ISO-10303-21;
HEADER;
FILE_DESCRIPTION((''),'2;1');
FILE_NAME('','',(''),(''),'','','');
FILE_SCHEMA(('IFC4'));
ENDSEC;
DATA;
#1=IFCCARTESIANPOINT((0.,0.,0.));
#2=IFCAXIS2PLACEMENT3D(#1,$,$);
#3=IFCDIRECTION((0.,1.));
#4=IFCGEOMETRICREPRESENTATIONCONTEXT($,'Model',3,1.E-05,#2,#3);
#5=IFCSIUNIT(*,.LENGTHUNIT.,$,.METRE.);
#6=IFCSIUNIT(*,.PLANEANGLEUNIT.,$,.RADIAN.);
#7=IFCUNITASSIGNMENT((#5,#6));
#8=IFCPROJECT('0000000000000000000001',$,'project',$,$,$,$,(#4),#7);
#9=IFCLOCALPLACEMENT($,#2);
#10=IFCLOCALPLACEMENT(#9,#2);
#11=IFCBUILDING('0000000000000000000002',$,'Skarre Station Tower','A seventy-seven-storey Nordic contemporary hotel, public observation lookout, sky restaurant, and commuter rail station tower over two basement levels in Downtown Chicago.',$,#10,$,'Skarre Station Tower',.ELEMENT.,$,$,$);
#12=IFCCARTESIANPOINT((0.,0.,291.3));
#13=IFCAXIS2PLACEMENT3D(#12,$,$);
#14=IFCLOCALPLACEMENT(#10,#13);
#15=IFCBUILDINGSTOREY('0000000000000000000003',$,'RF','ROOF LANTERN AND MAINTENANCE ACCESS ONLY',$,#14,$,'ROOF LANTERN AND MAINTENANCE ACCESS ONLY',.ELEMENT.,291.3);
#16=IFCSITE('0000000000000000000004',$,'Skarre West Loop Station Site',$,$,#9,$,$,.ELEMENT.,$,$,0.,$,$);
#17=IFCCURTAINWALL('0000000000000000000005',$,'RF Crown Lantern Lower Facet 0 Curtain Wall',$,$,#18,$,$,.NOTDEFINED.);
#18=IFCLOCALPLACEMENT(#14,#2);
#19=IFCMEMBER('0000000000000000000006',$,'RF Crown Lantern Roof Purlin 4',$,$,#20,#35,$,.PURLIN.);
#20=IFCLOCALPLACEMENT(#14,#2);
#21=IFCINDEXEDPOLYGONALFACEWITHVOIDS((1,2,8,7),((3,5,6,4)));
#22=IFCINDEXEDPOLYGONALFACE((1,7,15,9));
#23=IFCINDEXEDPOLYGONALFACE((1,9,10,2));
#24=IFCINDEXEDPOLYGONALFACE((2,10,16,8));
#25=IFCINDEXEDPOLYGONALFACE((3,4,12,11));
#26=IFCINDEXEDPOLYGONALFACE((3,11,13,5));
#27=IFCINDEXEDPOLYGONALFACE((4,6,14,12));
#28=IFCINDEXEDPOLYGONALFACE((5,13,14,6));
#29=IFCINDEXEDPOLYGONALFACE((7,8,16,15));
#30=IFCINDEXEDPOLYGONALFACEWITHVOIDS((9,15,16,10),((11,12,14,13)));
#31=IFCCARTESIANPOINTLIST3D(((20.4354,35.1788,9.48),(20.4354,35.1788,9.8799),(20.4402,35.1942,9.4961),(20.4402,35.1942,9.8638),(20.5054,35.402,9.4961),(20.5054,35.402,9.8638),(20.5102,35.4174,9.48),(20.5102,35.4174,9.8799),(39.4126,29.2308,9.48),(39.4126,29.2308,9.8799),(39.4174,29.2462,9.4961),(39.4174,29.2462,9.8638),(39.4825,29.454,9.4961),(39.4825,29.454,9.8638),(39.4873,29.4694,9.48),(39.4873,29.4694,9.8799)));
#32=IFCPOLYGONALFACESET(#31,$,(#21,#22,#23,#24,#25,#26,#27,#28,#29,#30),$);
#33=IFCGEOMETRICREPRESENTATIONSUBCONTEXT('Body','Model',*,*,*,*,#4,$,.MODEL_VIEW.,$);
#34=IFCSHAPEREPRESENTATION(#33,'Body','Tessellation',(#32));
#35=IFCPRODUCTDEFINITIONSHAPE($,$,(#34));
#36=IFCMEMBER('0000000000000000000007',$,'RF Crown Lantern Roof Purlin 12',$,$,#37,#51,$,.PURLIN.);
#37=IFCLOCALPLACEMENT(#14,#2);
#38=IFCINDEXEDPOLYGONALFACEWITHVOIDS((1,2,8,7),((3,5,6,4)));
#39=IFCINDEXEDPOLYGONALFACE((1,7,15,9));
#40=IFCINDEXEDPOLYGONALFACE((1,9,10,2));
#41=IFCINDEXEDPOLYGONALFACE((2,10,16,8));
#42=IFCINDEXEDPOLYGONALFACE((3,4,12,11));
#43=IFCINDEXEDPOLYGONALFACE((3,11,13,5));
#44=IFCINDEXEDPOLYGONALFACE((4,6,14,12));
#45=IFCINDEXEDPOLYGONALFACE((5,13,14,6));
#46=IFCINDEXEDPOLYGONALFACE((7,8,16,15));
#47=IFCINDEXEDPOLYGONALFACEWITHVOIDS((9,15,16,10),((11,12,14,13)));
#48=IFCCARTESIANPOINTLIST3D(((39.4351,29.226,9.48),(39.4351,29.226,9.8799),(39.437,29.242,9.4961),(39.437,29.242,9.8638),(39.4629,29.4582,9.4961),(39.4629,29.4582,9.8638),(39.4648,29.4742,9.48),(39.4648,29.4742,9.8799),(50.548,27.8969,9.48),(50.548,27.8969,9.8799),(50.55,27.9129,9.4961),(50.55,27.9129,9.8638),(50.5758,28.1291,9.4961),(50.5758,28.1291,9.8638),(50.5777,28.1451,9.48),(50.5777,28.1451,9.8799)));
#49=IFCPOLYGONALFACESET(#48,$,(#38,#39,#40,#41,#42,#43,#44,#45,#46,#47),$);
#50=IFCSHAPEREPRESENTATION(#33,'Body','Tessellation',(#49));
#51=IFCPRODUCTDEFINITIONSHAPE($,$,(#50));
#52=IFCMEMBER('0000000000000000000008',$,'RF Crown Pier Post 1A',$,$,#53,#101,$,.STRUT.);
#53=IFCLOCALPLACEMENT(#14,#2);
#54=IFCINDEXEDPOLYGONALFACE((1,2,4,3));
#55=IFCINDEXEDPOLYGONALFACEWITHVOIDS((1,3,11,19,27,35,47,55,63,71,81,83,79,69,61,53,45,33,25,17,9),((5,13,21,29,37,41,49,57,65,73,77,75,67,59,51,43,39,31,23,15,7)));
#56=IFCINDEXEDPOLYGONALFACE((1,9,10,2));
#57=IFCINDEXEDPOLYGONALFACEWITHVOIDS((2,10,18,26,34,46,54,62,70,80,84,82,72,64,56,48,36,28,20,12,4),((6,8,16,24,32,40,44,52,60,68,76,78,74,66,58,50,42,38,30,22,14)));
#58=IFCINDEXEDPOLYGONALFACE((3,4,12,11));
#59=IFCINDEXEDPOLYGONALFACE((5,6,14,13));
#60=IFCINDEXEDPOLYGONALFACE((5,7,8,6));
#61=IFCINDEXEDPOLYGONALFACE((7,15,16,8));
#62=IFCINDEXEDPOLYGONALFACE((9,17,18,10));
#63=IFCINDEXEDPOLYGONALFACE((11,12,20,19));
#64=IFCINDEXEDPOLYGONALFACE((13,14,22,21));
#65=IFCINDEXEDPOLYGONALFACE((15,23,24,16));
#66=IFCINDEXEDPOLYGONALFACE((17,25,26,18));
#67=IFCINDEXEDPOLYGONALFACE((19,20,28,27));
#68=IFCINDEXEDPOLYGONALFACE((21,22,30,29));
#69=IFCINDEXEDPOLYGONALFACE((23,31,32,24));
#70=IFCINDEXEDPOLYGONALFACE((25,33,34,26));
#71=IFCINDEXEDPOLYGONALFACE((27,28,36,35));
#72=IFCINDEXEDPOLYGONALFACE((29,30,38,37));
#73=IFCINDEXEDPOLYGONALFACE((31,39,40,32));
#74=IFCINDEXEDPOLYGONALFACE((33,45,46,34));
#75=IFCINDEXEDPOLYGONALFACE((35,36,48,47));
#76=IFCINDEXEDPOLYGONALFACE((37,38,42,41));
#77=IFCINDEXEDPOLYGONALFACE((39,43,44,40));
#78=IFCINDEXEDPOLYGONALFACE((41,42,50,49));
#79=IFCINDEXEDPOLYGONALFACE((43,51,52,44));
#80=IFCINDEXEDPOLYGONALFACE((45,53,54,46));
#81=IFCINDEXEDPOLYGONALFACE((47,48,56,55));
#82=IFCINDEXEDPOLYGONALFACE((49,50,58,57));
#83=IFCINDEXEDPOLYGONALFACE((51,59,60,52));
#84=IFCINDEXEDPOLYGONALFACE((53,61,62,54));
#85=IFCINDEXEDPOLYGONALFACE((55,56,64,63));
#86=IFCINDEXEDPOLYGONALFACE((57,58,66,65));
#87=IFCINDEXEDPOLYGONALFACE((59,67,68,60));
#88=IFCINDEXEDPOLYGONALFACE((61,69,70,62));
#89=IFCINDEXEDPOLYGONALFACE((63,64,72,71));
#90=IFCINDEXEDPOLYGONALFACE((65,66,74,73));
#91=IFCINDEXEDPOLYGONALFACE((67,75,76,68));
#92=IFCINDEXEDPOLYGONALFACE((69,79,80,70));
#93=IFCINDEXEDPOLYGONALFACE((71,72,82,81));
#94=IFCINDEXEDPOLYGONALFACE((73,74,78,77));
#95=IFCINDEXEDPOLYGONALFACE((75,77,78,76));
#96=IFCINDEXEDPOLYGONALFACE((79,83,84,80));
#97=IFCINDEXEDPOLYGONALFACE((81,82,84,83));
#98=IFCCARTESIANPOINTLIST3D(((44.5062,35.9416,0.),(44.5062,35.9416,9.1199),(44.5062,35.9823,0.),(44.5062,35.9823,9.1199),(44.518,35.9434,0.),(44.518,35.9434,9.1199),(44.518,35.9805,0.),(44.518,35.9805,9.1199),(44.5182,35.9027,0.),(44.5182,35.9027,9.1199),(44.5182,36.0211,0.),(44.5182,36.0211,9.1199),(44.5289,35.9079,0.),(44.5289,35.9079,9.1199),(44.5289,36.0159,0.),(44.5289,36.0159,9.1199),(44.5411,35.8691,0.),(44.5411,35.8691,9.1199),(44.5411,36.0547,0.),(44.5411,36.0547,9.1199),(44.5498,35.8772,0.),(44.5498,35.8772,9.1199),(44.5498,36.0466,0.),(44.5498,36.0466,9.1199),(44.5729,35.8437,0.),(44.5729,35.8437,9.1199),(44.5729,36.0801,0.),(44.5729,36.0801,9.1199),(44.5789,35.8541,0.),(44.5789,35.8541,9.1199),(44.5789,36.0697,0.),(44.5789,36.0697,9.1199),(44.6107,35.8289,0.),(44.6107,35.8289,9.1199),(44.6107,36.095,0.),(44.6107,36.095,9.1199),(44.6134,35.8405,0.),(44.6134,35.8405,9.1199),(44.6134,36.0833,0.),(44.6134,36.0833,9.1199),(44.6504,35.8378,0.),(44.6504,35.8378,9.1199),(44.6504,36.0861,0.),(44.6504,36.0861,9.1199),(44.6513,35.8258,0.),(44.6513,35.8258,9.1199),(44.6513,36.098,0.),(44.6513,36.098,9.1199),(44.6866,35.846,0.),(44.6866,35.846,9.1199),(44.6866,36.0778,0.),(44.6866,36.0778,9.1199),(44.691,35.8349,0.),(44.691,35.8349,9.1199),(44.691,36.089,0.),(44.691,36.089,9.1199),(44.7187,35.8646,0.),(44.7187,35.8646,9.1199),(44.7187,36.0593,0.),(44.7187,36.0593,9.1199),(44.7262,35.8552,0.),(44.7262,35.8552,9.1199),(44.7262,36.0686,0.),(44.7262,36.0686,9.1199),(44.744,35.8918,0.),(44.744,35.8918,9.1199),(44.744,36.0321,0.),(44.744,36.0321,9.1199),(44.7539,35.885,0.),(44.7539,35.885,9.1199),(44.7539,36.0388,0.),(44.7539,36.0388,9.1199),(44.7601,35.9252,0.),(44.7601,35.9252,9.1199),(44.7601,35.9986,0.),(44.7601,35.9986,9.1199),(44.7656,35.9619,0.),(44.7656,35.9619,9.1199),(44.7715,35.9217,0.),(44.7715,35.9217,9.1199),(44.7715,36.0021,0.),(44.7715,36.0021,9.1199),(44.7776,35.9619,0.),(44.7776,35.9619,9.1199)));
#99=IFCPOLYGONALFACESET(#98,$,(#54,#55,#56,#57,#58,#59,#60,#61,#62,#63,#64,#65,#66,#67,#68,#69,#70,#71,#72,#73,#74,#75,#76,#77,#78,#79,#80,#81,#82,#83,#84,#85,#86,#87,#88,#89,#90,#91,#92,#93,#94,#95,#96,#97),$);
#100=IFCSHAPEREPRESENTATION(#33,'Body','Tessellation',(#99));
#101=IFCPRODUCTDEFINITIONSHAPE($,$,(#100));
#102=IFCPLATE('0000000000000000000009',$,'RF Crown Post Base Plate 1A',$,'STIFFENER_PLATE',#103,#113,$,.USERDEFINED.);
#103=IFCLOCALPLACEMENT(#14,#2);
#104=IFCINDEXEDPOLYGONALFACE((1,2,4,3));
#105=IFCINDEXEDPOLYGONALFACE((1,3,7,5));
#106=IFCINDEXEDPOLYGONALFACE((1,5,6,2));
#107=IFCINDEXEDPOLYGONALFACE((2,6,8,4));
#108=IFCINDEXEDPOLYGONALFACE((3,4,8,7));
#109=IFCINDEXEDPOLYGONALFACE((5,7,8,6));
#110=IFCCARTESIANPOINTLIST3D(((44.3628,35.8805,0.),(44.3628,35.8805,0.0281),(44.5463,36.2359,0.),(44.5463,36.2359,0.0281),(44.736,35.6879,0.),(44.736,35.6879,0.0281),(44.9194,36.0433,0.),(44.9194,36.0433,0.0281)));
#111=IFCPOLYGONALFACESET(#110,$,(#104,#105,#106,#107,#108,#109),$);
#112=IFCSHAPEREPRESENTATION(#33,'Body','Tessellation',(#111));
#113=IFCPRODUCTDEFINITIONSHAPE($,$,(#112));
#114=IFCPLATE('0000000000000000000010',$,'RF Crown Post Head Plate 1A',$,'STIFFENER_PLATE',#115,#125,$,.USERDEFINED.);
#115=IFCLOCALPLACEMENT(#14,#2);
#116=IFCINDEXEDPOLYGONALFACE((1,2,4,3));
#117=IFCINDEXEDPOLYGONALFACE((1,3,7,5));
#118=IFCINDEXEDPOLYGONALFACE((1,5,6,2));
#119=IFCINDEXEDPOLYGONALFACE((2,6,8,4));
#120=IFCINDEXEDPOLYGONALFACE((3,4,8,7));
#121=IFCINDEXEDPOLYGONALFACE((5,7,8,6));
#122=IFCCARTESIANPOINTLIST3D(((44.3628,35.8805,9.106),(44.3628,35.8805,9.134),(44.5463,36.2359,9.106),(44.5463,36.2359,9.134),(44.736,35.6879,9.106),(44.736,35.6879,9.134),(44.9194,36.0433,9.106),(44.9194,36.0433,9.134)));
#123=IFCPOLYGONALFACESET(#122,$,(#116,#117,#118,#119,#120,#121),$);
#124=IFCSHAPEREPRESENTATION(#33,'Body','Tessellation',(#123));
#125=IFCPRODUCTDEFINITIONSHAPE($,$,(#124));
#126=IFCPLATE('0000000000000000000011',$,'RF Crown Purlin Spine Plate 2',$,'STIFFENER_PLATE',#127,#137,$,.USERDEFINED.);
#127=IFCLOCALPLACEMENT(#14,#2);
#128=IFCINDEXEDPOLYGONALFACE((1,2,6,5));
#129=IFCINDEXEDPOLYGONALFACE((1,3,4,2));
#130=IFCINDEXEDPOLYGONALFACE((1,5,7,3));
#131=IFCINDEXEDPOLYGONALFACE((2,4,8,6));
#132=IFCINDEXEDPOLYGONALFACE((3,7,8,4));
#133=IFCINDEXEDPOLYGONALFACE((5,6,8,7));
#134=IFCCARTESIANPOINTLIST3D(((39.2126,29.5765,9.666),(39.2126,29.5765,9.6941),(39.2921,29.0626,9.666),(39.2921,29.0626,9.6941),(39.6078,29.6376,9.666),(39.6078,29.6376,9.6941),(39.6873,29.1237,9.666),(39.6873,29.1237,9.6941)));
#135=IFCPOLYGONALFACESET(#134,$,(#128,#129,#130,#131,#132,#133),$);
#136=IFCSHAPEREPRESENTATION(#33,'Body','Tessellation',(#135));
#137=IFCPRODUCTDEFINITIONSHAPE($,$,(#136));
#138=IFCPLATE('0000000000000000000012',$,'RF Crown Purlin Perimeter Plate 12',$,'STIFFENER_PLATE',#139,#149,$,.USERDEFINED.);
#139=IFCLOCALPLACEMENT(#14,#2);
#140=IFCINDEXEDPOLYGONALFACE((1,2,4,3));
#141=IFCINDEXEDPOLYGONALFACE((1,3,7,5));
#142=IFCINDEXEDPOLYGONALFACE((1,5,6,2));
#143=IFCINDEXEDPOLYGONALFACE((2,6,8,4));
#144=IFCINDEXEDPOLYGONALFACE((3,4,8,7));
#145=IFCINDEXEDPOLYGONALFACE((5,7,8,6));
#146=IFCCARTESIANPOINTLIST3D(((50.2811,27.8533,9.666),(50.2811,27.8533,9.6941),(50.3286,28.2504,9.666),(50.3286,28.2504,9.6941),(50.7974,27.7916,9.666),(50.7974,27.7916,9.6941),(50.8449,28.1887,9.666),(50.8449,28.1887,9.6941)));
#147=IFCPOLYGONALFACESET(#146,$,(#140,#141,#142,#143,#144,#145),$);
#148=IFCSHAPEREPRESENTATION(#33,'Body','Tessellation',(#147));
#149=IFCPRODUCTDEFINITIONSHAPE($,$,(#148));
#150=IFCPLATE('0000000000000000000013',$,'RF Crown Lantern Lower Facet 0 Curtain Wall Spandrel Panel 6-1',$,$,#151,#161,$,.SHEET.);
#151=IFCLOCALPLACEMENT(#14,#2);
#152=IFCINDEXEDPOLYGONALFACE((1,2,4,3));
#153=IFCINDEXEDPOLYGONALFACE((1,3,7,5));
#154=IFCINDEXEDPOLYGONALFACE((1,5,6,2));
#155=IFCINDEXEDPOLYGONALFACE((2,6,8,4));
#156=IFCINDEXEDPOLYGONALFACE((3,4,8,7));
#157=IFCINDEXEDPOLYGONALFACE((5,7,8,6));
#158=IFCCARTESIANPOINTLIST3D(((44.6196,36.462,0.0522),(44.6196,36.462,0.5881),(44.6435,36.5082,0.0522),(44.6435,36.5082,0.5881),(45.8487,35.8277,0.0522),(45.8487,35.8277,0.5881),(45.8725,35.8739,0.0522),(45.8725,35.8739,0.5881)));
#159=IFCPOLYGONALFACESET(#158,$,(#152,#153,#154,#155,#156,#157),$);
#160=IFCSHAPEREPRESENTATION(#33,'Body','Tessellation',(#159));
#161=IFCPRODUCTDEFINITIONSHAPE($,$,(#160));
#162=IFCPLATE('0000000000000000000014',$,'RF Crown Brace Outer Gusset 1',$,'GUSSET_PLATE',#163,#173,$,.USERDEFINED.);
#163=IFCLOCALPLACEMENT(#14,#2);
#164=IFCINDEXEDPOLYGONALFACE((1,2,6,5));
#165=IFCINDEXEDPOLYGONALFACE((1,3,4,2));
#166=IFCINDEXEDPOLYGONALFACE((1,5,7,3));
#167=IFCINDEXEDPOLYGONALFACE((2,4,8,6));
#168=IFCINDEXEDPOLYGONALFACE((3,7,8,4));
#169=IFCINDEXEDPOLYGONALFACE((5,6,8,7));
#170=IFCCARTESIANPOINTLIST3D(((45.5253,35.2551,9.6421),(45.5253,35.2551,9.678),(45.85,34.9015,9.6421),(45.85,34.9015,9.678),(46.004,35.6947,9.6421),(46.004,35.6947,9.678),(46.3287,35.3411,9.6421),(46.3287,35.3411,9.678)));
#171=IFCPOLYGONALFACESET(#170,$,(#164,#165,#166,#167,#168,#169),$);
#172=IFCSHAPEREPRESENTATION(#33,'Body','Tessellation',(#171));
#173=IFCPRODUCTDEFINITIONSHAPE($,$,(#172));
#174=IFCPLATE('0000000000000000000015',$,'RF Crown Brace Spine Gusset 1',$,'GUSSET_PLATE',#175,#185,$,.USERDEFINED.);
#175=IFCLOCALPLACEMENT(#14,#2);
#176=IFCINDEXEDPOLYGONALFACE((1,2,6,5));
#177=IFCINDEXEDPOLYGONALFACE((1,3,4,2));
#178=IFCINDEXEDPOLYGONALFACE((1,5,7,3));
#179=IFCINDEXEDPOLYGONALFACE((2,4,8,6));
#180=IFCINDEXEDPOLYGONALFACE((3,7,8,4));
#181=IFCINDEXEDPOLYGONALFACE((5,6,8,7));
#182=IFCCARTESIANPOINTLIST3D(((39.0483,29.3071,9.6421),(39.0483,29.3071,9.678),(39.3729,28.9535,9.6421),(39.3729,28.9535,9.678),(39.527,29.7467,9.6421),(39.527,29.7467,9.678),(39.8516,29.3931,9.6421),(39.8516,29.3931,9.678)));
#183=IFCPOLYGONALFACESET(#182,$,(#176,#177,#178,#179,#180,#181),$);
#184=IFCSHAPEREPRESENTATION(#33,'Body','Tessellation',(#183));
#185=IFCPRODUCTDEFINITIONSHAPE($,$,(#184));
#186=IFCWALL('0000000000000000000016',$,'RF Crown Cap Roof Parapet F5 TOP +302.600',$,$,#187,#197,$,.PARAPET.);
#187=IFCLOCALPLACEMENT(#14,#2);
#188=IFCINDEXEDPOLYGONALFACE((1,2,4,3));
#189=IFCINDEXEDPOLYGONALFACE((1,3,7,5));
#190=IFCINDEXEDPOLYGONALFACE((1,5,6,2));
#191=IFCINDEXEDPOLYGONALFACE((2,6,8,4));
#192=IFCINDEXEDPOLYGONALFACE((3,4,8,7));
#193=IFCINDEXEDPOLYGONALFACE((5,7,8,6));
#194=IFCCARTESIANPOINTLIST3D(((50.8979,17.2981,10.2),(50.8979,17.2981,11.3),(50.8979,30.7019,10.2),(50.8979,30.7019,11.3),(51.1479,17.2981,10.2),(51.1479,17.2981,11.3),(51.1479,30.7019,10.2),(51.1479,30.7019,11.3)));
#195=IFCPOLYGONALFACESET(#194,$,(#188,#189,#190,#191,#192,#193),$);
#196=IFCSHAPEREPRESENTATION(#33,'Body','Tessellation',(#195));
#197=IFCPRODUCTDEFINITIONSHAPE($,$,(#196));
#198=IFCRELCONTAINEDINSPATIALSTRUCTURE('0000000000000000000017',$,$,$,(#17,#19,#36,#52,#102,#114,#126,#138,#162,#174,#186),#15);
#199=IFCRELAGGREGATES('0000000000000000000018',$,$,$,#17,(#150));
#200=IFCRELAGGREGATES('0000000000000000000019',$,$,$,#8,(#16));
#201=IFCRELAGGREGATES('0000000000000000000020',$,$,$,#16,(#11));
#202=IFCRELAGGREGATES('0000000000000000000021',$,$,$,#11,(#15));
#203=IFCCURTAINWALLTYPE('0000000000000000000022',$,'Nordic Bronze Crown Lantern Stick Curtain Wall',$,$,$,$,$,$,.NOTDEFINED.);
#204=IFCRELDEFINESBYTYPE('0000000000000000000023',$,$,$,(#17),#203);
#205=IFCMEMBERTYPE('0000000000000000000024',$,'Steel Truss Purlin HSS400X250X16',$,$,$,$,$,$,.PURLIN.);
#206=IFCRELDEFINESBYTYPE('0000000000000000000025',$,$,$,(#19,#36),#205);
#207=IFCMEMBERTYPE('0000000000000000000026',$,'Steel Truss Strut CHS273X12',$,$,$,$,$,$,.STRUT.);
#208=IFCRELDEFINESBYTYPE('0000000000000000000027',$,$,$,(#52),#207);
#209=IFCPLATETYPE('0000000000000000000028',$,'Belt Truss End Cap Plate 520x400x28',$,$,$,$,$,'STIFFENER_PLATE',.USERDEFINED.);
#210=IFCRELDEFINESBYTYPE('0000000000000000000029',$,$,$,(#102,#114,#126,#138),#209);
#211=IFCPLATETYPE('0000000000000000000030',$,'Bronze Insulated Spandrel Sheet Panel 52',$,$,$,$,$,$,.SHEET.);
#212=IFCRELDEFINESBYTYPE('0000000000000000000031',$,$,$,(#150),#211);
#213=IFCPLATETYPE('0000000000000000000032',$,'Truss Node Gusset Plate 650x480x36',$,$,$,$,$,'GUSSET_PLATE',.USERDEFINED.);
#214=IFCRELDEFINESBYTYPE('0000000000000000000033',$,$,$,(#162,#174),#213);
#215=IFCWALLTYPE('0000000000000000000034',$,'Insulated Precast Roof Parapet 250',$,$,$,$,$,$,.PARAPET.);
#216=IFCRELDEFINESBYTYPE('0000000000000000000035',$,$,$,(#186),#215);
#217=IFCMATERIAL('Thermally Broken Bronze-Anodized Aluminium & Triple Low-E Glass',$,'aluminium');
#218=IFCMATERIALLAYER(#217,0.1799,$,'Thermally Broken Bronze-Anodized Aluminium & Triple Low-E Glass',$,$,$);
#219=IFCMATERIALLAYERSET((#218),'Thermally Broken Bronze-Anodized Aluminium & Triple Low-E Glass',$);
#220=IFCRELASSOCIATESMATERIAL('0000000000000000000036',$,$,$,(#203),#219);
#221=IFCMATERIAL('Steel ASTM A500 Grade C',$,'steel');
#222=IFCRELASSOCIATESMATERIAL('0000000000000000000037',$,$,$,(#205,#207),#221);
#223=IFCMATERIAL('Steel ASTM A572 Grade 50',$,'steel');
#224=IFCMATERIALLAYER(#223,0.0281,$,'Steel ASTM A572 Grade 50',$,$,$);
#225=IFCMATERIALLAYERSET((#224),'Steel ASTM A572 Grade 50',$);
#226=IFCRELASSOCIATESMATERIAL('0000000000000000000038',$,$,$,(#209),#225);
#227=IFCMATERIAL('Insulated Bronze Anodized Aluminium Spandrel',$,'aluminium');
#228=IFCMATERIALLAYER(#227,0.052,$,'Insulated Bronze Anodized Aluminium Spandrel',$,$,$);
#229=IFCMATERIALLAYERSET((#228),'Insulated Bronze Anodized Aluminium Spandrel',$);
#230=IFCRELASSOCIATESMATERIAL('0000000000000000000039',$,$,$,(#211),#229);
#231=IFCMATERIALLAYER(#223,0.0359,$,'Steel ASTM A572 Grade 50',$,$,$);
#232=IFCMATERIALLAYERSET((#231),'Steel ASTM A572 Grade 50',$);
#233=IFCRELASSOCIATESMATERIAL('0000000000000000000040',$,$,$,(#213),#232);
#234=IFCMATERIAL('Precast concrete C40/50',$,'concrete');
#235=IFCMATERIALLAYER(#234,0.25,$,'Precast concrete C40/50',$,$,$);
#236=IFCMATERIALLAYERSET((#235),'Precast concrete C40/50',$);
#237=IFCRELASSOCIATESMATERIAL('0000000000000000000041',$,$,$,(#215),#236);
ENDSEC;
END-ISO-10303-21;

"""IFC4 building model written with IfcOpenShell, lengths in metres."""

from ifc_helpers import new_model, si_unit, direction, frame, frame_2d, origin, origin_2d, place, context, subcontext, project, spatial, rectangle, hollow_rectangle, hollow_circle, extrude, material, layer, layer_set, material_profile, profile_set, type_object, element, aggregate, save


model = new_model("IFC4")

# Units and contexts
model_context = context("Model", 3, precision=1e-05, world=origin(), true_north=direction((0.0, 1.0)))
body_context = subcontext(model_context, "Body", "Model", "MODEL_VIEW")
ifc_project = project(units=[si_unit("LENGTHUNIT", "METRE"), si_unit("PLANEANGLEUNIT", "RADIAN")], contexts=[model_context])

# Site, building, storey
site_placement = place(None, origin())
site = spatial("IfcSite", under=ifc_project, at=site_placement, Name="Skarre West Loop Station Site", CompositionType="ELEMENT", RefElevation=0.0)
building_placement = place(site_placement, origin())
building = spatial("IfcBuilding", under=site, at=building_placement, Name="Skarre Station Tower", Description="A seventy-seven-storey Nordic contemporary hotel, public observation lookout, sky restaurant, and commuter rail station tower over two basement levels in Downtown Chicago.", LongName="Skarre Station Tower", CompositionType="ELEMENT")
storey_placement = place(building_placement, frame((0.0, 0.0, 291.3)))
storey = spatial("IfcBuildingStorey", under=building, at=storey_placement, Name="RF", Description="ROOF LANTERN AND MAINTENANCE ACCESS ONLY", LongName="ROOF LANTERN AND MAINTENANCE ACCESS ONLY", CompositionType="ELEMENT", Elevation=291.3)

# Curtain wall
ifc_material_1 = material(Name="Thermally Broken Bronze-Anodized Aluminium & Triple Low-E Glass", Category="aluminium")
ifc_layer_1 = layer(ifc_material_1, 0.1799, Name="Thermally Broken Bronze-Anodized Aluminium & Triple Low-E Glass")
ifc_layer_set_1 = layer_set([ifc_layer_1], Name="Thermally Broken Bronze-Anodized Aluminium & Triple Low-E Glass")
curtain_wall_type = type_object("IfcCurtainWallType", Name="Nordic Bronze Crown Lantern Stick Curtain Wall", PredefinedType="NOTDEFINED", material=ifc_layer_set_1)
curtain_wall_1_placement = place(storey_placement, origin())
curtain_wall_1 = element("IfcCurtainWall", 1, at=curtain_wall_1_placement, inside=storey, type_object=curtain_wall_type, Name="RF Crown Lantern Lower Facet 0 Curtain Wall", PredefinedType="NOTDEFINED")

# Members
ifc_material_2 = material(Name="Steel ASTM A500 Grade C", Category="steel")
ifc_material_profile_1 = material_profile(ifc_material_2, hollow_rectangle(XDim=0.25, YDim=0.3999, WallThickness=0.0161, at=origin_2d()), Name="Steel ASTM A500 Grade C")
ifc_profile_set_1 = profile_set([ifc_material_profile_1], Name="Steel ASTM A500 Grade C")
member_type_1 = type_object("IfcMemberType", Name="Steel Truss Purlin HSS400X250X16", PredefinedType="PURLIN", material=ifc_profile_set_1)
member_1_placement = place(storey_placement, frame((39.45, 29.3501, 9.6799), z_axis=(-0.954227, 0.299084, 0.0), x_axis=(-0.299084, -0.954227, 0.0)))
element("IfcMember", 2, at=member_1_placement, inside=storey, type_object=member_type_1, Name="RF Crown Lantern Roof Purlin 4", PredefinedType="PURLIN", context=body_context, shape_type="SweptSolid", body=[
    extrude(hollow_rectangle(XDim=0.25, YDim=0.3999, WallThickness=0.0161, at=origin_2d()), origin(), (0.0, 0.0, 1.0), 19.8875),
])
member_2_placement = place(storey_placement, frame((39.45, 29.3501, 9.6799), z_axis=(0.992924, -0.118752, 0.0), x_axis=(0.118752, 0.992924, 0.0)))
element("IfcMember", 3, at=member_2_placement, inside=storey, type_object=member_type_1, Name="RF Crown Lantern Roof Purlin 12", PredefinedType="PURLIN", context=body_context, shape_type="SweptSolid", body=[
    extrude(hollow_rectangle(XDim=0.25, YDim=0.3999, WallThickness=0.0161, at=origin_2d()), origin(), (0.0, 0.0, 1.0), 11.1921),
])
ifc_material_profile_2 = material_profile(ifc_material_2, hollow_circle(Radius=0.1365, WallThickness=0.012, at=origin_2d()), Name="Steel ASTM A500 Grade C")
ifc_profile_set_2 = profile_set([ifc_material_profile_2], Name="Steel ASTM A500 Grade C")
member_type_2 = type_object("IfcMemberType", Name="Steel Truss Strut CHS273X12", PredefinedType="STRUT", material=ifc_profile_set_2)
member_3_placement = place(storey_placement, frame((44.6411, 35.9619, 0.0), z_axis=(0.0, 0.0, 1.0), x_axis=(1.0, 0.0, 0.0)))
element("IfcMember", 4, at=member_3_placement, inside=storey, type_object=member_type_2, Name="RF Crown Pier Post 1A", PredefinedType="STRUT", context=body_context, shape_type="SweptSolid", body=[
    extrude(hollow_circle(Radius=0.1365, WallThickness=0.012, at=origin_2d()), origin(), (0.0, 0.0, 1.0), 9.1199),
])

# Plates
ifc_material_3 = material(Name="Steel ASTM A572 Grade 50", Category="steel")
ifc_layer_2 = layer(ifc_material_3, 0.0281, Name="Steel ASTM A572 Grade 50")
ifc_layer_set_2 = layer_set([ifc_layer_2], Name="Steel ASTM A572 Grade 50")
plate_type_1 = type_object("IfcPlateType", Name="Belt Truss End Cap Plate 520x400x28", ElementType="STIFFENER_PLATE", PredefinedType="USERDEFINED", material=ifc_layer_set_2)
for number, where, z_axis, x_axis, name in (
    (5, (44.6411, 35.9619, 0.0), (0.0, 0.0, 1.0), (-0.888601, 0.458681, 0.0), "RF Crown Post Base Plate 1A"),
    (6, (44.6411, 35.9619, 9.106), (0.0, 0.0, 1.0), (-0.888601, 0.458681, 0.0), "RF Crown Post Head Plate 1A"),
):
    element("IfcPlate", number, at=place(storey_placement, frame(where, z_axis=z_axis, x_axis=x_axis)), inside=storey, type_object=plate_type_1, Name=name, ObjectType="STIFFENER_PLATE", PredefinedType="USERDEFINED", context=body_context, shape_type="SweptSolid", body=[
        extrude(rectangle(XDim=0.4199, YDim=0.3999, at=origin_2d()), origin(), (0.0, 0.0, 1.0), 0.0281),
    ])
for number, where, z_axis, x_axis, name in (
    (7, (39.45, 29.3501, 9.666), (0.0, 0.0, 1.0), (-0.152779, 0.98826, 0.0), "RF Crown Purlin Spine Plate 2"),
    (8, (50.563, 28.021, 9.666), (0.0, 0.0, 1.0), (0.992924, -0.118751, 0.0), "RF Crown Purlin Perimeter Plate 12"),
):
    element("IfcPlate", number, at=place(storey_placement, frame(where, z_axis=z_axis, x_axis=x_axis)), inside=storey, type_object=plate_type_1, Name=name, ObjectType="STIFFENER_PLATE", PredefinedType="USERDEFINED", context=body_context, shape_type="SweptSolid", body=[
        extrude(rectangle(XDim=0.52, YDim=0.3999, at=origin_2d()), origin(), (0.0, 0.0, 1.0), 0.0281),
    ])

# Plate
ifc_material_4 = material(Name="Insulated Bronze Anodized Aluminium Spandrel", Category="aluminium")
ifc_layer_3 = layer(ifc_material_4, 0.052, Name="Insulated Bronze Anodized Aluminium Spandrel")
ifc_layer_set_3 = layer_set([ifc_layer_3], Name="Insulated Bronze Anodized Aluminium Spandrel")
plate_type_2 = type_object("IfcPlateType", Name="Bronze Insulated Spandrel Sheet Panel 52", PredefinedType="SHEET", material=ifc_layer_set_3)
plate_placement = place(storey_placement, frame((45.2461, 36.168, 0.0522), z_axis=(0.0, 0.0, 1.0), x_axis=(0.888649, -0.458588, 0.0)))
plate = element("IfcPlate", 9, at=plate_placement, type_object=plate_type_2, Name="RF Crown Lantern Lower Facet 0 Curtain Wall Spandrel Panel 6-1", PredefinedType="SHEET", context=body_context, shape_type="SweptSolid", body=[
    extrude(rectangle(XDim=1.3831, YDim=0.052, at=origin_2d()), origin(), (0.0, 0.0, 1.0), 0.5359),
])
aggregate(curtain_wall_1, [plate])

# Plates
ifc_layer_4 = layer(ifc_material_3, 0.0359, Name="Steel ASTM A572 Grade 50")
ifc_layer_set_4 = layer_set([ifc_layer_4], Name="Steel ASTM A572 Grade 50")
plate_type_3 = type_object("IfcPlateType", Name="Truss Node Gusset Plate 650x480x36", ElementType="GUSSET_PLATE", PredefinedType="USERDEFINED", material=ifc_layer_set_4)
for number, where, z_axis, x_axis, name in (
    (10, (45.927, 35.2981, 9.6421), (0.0, 0.0, 1.0), (-0.736546, -0.676388, 0.0), "RF Crown Brace Outer Gusset 1"),
    (11, (39.45, 29.3501, 9.6421), (0.0, 0.0, 1.0), (-0.736546, -0.676388, 0.0), "RF Crown Brace Spine Gusset 1"),
):
    element("IfcPlate", number, at=place(storey_placement, frame(where, z_axis=z_axis, x_axis=x_axis)), inside=storey, type_object=plate_type_3, Name=name, ObjectType="GUSSET_PLATE", PredefinedType="USERDEFINED", context=body_context, shape_type="SweptSolid", body=[
        extrude(rectangle(XDim=0.6499, YDim=0.48, at=origin_2d()), origin(), (0.0, 0.0, 1.0), 0.0359),
    ])

# Wall
ifc_material_5 = material(Name="Precast concrete C40/50", Category="concrete")
ifc_layer_5 = layer(ifc_material_5, 0.25, Name="Precast concrete C40/50")
ifc_layer_set_5 = layer_set([ifc_layer_5], Name="Precast concrete C40/50")
wall_type_1 = type_object("IfcWallType", Name="Insulated Precast Roof Parapet 250", PredefinedType="PARAPET", material=ifc_layer_set_5)
wall_1_placement = place(storey_placement, frame((51.0229, 30.7019, 10.2), z_axis=(0.0, 0.0, 1.0), x_axis=(0.0, -1.0, 0.0)))
element("IfcWall", 12, at=wall_1_placement, inside=storey, type_object=wall_type_1, Name="RF Crown Cap Roof Parapet F5 TOP +302.600", PredefinedType="PARAPET", context=body_context, shape_type="SweptSolid", body=[
    extrude(rectangle(XDim=13.4038, YDim=0.25, at=frame_2d((6.7019, 0.0))), origin(), (0.0, 0.0, 1.0), 1.1001),
])

save(model, "model.ifc")
